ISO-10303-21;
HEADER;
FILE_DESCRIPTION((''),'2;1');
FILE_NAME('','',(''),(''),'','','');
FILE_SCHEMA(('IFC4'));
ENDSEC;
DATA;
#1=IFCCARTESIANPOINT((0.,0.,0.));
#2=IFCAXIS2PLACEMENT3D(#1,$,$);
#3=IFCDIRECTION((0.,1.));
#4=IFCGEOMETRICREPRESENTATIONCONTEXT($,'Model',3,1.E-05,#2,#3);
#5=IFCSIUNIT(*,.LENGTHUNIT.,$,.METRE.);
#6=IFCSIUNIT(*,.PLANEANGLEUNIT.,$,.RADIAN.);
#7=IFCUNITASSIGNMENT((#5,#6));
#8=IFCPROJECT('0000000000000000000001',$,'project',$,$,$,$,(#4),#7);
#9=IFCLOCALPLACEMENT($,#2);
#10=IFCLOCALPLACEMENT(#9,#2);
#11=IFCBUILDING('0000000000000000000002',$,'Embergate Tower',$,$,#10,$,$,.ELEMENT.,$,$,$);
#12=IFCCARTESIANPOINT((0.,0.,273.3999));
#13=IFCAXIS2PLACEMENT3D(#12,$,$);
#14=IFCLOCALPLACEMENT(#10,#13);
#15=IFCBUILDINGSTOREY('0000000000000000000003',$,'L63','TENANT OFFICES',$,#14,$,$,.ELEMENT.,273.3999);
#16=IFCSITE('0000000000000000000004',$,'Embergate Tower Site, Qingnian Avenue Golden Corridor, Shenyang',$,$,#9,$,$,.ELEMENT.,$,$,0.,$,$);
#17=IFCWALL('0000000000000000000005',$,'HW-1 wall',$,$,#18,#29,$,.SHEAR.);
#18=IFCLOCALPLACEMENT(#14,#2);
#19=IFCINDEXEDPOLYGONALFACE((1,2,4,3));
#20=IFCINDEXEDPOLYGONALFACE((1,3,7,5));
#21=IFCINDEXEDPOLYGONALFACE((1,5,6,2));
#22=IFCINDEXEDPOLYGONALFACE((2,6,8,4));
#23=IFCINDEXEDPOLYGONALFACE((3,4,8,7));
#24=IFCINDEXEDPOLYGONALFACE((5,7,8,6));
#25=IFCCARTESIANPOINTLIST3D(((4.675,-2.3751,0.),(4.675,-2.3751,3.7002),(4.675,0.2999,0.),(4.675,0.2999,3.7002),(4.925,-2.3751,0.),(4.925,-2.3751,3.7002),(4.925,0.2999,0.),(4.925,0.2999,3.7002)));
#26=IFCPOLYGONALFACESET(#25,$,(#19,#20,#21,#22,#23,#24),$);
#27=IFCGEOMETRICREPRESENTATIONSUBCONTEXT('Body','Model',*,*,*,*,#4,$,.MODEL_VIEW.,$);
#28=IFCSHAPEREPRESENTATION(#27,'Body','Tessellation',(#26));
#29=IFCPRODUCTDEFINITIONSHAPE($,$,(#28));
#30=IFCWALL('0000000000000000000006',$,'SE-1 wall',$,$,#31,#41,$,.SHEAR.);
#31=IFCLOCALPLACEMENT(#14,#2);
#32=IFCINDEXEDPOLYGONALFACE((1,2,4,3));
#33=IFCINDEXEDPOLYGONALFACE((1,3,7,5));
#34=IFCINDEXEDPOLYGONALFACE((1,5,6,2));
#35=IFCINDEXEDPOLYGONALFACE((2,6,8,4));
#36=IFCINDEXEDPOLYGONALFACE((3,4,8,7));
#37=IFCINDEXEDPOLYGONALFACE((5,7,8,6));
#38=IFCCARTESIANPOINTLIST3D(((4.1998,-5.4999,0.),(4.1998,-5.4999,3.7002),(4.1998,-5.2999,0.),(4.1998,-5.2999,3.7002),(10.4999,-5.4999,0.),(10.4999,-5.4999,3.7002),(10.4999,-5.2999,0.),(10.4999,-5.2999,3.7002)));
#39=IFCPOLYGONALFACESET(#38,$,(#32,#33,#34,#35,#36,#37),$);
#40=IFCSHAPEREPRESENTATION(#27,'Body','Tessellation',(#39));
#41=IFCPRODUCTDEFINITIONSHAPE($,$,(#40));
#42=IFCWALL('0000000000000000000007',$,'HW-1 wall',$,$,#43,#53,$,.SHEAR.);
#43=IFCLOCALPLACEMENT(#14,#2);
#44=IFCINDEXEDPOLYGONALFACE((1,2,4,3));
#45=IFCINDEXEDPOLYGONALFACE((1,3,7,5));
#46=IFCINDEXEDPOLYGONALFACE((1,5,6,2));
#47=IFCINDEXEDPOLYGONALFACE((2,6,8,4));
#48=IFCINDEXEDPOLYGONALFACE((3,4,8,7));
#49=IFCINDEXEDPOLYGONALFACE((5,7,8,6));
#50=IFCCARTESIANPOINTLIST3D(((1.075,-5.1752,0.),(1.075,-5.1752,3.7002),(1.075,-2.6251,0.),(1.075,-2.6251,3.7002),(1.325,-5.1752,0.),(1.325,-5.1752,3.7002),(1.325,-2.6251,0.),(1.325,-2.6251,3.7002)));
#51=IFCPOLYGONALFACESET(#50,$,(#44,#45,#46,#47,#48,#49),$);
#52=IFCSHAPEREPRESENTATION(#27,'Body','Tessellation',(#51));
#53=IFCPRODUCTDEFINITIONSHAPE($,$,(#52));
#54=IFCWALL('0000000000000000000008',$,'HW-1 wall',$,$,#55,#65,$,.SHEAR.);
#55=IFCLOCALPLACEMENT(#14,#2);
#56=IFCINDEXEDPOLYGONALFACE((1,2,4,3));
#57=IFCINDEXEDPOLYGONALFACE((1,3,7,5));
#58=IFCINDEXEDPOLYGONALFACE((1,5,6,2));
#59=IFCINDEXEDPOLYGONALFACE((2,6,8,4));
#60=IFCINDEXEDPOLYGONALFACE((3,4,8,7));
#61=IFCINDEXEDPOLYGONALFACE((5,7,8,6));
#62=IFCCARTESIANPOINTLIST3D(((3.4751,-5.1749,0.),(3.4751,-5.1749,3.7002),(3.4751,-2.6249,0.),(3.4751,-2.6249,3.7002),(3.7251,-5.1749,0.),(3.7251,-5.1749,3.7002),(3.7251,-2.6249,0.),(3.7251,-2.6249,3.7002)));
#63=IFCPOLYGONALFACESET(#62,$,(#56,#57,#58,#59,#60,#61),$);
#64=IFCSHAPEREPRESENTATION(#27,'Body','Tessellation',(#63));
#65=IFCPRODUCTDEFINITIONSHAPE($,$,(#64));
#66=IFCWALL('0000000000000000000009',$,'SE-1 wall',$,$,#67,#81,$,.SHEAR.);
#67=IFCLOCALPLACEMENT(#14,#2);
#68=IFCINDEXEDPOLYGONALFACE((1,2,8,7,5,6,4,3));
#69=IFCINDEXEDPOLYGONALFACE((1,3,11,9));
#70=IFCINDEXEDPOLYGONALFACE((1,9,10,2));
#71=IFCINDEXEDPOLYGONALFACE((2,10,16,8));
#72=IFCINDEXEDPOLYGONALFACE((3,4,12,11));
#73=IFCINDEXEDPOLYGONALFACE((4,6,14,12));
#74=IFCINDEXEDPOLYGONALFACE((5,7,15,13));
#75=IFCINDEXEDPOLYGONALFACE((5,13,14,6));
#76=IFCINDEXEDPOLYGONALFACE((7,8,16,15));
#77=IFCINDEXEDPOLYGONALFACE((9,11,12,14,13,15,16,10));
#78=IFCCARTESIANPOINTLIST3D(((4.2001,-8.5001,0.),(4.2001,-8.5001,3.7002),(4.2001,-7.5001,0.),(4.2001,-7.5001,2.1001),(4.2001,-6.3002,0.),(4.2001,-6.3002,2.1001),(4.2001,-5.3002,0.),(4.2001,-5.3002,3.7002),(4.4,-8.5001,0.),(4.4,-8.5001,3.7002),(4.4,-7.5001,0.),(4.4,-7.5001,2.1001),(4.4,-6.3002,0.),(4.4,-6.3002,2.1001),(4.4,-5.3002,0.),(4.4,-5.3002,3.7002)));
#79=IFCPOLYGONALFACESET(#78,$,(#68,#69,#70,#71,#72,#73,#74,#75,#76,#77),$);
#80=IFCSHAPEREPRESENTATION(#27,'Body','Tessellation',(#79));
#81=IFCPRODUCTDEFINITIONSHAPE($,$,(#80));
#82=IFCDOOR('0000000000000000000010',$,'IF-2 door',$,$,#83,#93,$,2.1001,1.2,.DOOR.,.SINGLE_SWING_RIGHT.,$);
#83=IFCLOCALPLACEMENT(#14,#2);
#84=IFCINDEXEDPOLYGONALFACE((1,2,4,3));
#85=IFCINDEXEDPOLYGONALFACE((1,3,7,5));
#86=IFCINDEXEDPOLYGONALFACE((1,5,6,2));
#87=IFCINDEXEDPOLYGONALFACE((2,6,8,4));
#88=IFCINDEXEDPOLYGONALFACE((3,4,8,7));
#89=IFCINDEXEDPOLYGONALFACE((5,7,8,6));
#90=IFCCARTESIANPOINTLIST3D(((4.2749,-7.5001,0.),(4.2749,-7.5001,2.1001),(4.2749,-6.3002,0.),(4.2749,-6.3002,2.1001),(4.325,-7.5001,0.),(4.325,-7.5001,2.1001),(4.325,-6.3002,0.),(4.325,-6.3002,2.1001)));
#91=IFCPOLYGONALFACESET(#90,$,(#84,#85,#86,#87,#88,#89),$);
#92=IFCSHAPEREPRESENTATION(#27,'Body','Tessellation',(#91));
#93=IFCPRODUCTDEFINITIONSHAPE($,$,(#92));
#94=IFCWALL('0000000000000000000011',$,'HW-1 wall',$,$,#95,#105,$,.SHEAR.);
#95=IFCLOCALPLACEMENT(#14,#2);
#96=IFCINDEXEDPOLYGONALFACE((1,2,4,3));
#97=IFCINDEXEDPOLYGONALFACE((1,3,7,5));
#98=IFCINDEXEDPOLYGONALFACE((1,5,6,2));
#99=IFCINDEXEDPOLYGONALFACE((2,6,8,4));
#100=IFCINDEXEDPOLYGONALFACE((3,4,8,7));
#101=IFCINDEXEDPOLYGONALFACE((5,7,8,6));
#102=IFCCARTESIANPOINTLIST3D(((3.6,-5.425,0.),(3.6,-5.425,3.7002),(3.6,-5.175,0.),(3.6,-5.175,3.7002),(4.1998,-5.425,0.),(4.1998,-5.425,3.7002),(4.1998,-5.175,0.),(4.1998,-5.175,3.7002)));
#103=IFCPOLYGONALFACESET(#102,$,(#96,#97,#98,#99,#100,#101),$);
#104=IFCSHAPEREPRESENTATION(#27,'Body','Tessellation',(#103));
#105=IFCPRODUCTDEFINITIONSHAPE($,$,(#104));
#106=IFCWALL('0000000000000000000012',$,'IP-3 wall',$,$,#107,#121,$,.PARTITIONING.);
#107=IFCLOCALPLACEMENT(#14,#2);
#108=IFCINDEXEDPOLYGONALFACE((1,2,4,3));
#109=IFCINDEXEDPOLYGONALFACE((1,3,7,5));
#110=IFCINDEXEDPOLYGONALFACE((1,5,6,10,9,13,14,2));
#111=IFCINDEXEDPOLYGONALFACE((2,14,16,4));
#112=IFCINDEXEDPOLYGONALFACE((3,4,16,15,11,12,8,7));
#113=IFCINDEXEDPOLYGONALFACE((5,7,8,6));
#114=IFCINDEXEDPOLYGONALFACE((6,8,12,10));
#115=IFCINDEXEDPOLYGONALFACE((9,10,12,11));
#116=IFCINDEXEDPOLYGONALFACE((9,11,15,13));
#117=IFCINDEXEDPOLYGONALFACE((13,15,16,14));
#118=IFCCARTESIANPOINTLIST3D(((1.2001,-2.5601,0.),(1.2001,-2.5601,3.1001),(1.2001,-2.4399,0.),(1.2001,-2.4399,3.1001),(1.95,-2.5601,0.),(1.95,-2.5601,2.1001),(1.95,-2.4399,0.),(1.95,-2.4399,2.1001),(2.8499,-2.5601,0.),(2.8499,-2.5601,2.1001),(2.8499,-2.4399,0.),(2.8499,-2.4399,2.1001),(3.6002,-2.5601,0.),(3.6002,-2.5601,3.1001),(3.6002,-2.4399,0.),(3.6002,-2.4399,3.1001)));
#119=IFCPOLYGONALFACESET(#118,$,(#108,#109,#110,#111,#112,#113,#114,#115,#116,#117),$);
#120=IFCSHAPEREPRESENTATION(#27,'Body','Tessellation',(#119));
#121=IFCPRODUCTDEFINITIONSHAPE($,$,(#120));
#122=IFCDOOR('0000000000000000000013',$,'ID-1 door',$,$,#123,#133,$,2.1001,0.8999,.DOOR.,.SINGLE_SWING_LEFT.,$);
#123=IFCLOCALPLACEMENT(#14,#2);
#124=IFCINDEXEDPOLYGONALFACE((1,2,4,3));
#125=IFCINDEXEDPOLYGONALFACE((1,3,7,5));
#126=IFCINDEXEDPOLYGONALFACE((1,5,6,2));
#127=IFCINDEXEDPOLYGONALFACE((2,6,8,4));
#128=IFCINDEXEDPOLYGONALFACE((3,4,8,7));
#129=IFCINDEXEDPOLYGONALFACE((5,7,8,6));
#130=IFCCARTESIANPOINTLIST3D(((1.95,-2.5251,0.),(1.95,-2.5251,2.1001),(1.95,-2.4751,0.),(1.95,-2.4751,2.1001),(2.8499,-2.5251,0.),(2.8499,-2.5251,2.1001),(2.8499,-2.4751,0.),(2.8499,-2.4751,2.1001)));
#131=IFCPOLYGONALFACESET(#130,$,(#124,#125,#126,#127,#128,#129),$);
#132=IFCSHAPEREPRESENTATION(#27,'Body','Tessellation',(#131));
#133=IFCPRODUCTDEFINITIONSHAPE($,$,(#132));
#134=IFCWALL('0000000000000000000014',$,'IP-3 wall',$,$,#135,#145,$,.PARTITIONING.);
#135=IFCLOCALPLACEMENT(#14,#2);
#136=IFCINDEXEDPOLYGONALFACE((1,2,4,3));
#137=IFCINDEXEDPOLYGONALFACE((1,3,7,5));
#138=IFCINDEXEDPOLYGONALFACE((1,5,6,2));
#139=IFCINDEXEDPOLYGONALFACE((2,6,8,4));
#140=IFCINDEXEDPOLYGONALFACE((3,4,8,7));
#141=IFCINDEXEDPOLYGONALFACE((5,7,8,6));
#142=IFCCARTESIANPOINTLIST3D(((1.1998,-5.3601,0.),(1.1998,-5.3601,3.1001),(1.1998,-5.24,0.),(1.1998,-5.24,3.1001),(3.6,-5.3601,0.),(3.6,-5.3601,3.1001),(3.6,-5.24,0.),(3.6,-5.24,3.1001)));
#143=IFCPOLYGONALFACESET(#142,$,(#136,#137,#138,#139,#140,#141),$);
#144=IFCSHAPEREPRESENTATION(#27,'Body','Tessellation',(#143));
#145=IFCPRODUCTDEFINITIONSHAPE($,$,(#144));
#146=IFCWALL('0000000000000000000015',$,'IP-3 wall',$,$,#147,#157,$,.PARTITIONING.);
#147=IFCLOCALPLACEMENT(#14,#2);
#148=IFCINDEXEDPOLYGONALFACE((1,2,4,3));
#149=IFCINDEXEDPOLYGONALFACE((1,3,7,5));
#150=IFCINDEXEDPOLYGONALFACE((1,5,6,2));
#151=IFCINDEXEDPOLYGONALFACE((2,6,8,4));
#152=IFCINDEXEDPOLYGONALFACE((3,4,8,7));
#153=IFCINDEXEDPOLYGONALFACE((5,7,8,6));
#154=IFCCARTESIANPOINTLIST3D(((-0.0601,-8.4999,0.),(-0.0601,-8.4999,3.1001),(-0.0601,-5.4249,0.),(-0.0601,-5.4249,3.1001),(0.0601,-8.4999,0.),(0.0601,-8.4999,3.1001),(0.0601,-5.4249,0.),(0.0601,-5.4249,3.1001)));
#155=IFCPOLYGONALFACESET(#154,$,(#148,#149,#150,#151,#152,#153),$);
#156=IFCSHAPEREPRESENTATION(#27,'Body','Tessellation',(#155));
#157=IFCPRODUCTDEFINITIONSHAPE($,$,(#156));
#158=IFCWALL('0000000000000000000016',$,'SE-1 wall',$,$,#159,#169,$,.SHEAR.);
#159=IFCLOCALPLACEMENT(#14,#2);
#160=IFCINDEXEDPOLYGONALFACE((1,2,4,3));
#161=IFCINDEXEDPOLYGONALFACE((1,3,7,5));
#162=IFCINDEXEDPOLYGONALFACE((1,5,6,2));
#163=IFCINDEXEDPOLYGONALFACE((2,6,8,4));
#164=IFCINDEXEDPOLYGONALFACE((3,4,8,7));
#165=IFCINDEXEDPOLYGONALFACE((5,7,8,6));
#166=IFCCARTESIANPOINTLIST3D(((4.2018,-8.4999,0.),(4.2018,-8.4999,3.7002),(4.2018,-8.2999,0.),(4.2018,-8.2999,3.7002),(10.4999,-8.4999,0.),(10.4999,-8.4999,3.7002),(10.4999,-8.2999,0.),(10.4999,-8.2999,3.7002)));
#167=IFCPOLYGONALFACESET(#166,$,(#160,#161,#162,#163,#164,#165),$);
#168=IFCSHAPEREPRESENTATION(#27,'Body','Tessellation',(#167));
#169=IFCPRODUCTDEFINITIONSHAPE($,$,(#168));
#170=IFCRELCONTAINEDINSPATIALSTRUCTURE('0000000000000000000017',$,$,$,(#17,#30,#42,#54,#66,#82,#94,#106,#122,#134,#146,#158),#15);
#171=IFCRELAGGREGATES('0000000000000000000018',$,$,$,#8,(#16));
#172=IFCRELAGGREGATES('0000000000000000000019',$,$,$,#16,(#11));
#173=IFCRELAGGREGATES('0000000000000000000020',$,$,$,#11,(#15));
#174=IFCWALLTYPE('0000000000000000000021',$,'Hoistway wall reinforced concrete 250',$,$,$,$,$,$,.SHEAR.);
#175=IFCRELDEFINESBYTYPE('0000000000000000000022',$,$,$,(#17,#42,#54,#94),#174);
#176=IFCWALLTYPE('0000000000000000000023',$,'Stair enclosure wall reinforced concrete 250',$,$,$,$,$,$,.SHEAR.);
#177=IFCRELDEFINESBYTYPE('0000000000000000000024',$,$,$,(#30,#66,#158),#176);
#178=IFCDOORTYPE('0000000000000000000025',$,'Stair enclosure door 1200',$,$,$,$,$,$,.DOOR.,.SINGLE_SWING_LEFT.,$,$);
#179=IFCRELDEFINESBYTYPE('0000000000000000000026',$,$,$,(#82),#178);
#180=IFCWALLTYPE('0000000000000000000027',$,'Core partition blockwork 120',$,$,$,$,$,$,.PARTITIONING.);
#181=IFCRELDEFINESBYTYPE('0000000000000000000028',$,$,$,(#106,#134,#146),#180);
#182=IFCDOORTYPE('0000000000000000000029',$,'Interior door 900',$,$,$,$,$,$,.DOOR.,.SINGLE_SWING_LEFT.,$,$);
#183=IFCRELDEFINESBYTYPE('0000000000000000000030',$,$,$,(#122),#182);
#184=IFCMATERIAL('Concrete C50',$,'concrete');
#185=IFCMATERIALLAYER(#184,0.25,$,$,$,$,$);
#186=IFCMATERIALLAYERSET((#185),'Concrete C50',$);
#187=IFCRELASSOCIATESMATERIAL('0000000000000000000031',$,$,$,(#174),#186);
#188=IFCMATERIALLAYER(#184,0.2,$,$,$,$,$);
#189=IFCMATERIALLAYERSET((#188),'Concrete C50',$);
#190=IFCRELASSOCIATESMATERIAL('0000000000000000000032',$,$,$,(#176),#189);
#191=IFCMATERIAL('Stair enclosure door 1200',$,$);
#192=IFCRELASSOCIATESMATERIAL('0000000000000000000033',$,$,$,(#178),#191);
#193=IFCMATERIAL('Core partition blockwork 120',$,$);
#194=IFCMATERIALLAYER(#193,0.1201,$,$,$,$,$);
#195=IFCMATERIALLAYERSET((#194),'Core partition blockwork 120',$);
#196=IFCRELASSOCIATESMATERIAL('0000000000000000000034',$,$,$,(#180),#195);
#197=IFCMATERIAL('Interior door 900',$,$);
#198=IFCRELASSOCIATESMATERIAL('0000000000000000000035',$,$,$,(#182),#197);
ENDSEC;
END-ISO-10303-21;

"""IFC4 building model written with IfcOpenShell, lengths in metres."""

from ifc_helpers import new_model, si_unit, direction, frame, frame_2d, origin, place, context, subcontext, project, spatial, rectangle, extrude, source, transform, mapped, material, layer, layer_set, type_object, element, fill, save


model = new_model("IFC4")

# Units and contexts
model_context = context("Model", 3, precision=1e-05, world=origin(), true_north=direction((0.0, 1.0)))
body_context = subcontext(model_context, "Body", "Model", "MODEL_VIEW")
ifc_project = project(units=[si_unit("LENGTHUNIT", "METRE"), si_unit("PLANEANGLEUNIT", "RADIAN")], contexts=[model_context])

# Site, building, storey
site_placement = place(None, origin())
site = spatial("IfcSite", under=ifc_project, at=site_placement, Name="Embergate Tower Site, Qingnian Avenue Golden Corridor, Shenyang", CompositionType="ELEMENT", RefElevation=0.0)
building_placement = place(site_placement, origin())
building = spatial("IfcBuilding", under=site, at=building_placement, Name="Embergate Tower", CompositionType="ELEMENT")
storey_placement = place(building_placement, frame((0.0, 0.0, 273.3999)))
storey = spatial("IfcBuildingStorey", under=building, at=storey_placement, Name="L63", Description="TENANT OFFICES", CompositionType="ELEMENT", Elevation=273.3999)

# Walls
ifc_material_1 = material(Name="Concrete C50", Category="concrete")
ifc_layer_1 = layer(ifc_material_1, 0.25)
ifc_layer_set_1 = layer_set([ifc_layer_1], Name="Concrete C50")
wall_type_1 = type_object("IfcWallType", Name="Hoistway wall reinforced concrete 250", PredefinedType="SHEAR", material=ifc_layer_set_1)
shared_shape_1 = source(origin(), body_context, "Body", "SweptSolid", [
    extrude(rectangle(XDim=2.675, YDim=0.25, at=frame_2d((1.3374, 0.0))), origin(), (0.0, 0.0, 1.0), 3.7002),
])
wall_1_placement = place(storey_placement, frame((4.8, -2.375, 0.0), z_axis=(0.0, 0.0, 1.0), x_axis=(0.0, 1.0, 0.0)))
element("IfcWall", 1, at=wall_1_placement, inside=storey, type_object=wall_type_1, Name="HW-1 wall", PredefinedType="SHEAR", context=body_context, shape_type="MappedRepresentation", body=[
    mapped(shared_shape_1, transform((0.0, 0.0, 0.0))),
])
ifc_layer_2 = layer(ifc_material_1, 0.2)
ifc_layer_set_2 = layer_set([ifc_layer_2], Name="Concrete C50")
wall_type_2 = type_object("IfcWallType", Name="Stair enclosure wall reinforced concrete 250", PredefinedType="SHEAR", material=ifc_layer_set_2)
shared_shape_2 = source(origin(), body_context, "Body", "SweptSolid", [
    extrude(rectangle(XDim=6.3, YDim=0.2, at=frame_2d((3.1499, 0.0))), origin(), (0.0, 0.0, 1.0), 3.7002),
])
wall_2_placement = place(storey_placement, frame((4.2, -5.3999, 0.0), z_axis=(0.0, 0.0, 1.0), x_axis=(1.0, 0.0, 0.0)))
element("IfcWall", 2, at=wall_2_placement, inside=storey, type_object=wall_type_2, Name="SE-1 wall", PredefinedType="SHEAR", context=body_context, shape_type="MappedRepresentation", body=[
    mapped(shared_shape_2, transform((0.0, 0.0, 0.0))),
])
shared_shape_3 = source(origin(), body_context, "Body", "SweptSolid", [
    extrude(rectangle(XDim=2.55, YDim=0.25, at=frame_2d((1.2749, 0.0))), origin(), (0.0, 0.0, 1.0), 3.7002),
])
for number, where, z_axis, x_axis, name in (
    (3, (1.2, -5.175, 0.0), (0.0, 0.0, 1.0), (0.0, 1.0, 0.0), "HW-1 wall"),
    (4, (3.6001, -2.625, 0.0), (0.0, 0.0, 1.0), (0.0, -1.0, 0.0), "HW-1 wall"),
):
    element("IfcWall", number, at=place(storey_placement, frame(where, z_axis=z_axis, x_axis=x_axis)), inside=storey, type_object=wall_type_1, Name=name, PredefinedType="SHEAR", context=body_context, shape_type="MappedRepresentation", body=[
        mapped(shared_shape_3, transform((0.0, 0.0, 0.0))),
    ])

# Wall, opening, door
shared_shape_4 = source(origin(), body_context, "Body", "SweptSolid", [
    extrude(rectangle(XDim=3.2, YDim=0.2, at=frame_2d((1.6001, 0.0))), origin(), (0.0, 0.0, 1.0), 3.7002),
])
wall_3_placement = place(storey_placement, frame((4.3, -5.3, 0.0), z_axis=(0.0, 0.0, 1.0), x_axis=(0.0, -1.0, 0.0)))
wall_3 = element("IfcWall", 5, at=wall_3_placement, inside=storey, type_object=wall_type_2, Name="SE-1 wall", PredefinedType="SHEAR", context=body_context, shape_type="MappedRepresentation", body=[
    mapped(shared_shape_4, transform((0.0, 0.0, 0.0))),
])
shared_shape_5 = source(origin(), body_context, "Body", "SweptSolid", [
    extrude(rectangle(XDim=1.2, YDim=2.1001, at=frame_2d((0.6001, 1.05))), frame((0.0, 0.1099, 0.0), z_axis=(0.0, -1.0, 0.0), x_axis=(1.0, 0.0, 0.0)), (0.0, 0.0, 1.0), 0.22),
])
opening_1_placement = place(wall_3_placement, frame((1.0, 0.0, 0.0)))
opening_1 = element("IfcOpeningElement", 6, at=opening_1_placement, cuts=wall_3, PredefinedType="OPENING", context=body_context, shape_type="MappedRepresentation", body=[
    mapped(shared_shape_5, transform((0.0, 0.0, 0.0))),
])
ifc_material_2 = material(Name="Stair enclosure door 1200")
door_type_1 = type_object("IfcDoorType", Name="Stair enclosure door 1200", OperationType="SINGLE_SWING_LEFT", PredefinedType="DOOR", material=ifc_material_2)
shared_shape_6 = source(origin(), body_context, "Body", "SweptSolid", [
    extrude(rectangle(XDim=1.2, YDim=2.1001, at=frame_2d((0.6001, 1.05))), frame((0.0, 0.0249, 0.0), z_axis=(0.0, -1.0, 0.0), x_axis=(1.0, 0.0, 0.0)), (0.0, 0.0, 1.0), 0.05),
])
door_1_placement = place(opening_1_placement, origin())
door_1 = element("IfcDoor", 7, at=door_1_placement, inside=storey, type_object=door_type_1, Name="IF-2 door", OperationType="SINGLE_SWING_RIGHT", OverallHeight=2.1001, OverallWidth=1.2, PredefinedType="DOOR", context=body_context, shape_type="MappedRepresentation", body=[
    mapped(shared_shape_6, transform((0.0, 0.0, 0.0))),
])
fill(opening_1, door_1)

# Wall
shared_shape_7 = source(origin(), body_context, "Body", "SweptSolid", [
    extrude(rectangle(XDim=0.5999, YDim=0.25, at=frame_2d((0.2998, 0.0))), origin(), (0.0, 0.0, 1.0), 3.7002),
])
wall_4_placement = place(storey_placement, frame((3.6001, -5.3, 0.0), z_axis=(0.0, 0.0, 1.0), x_axis=(1.0, 0.0, 0.0)))
element("IfcWall", 8, at=wall_4_placement, inside=storey, type_object=wall_type_1, Name="HW-1 wall", PredefinedType="SHEAR", context=body_context, shape_type="MappedRepresentation", body=[
    mapped(shared_shape_7, transform((0.0, 0.0, 0.0))),
])

# Wall, opening, door
ifc_material_3 = material(Name="Core partition blockwork 120")
ifc_layer_3 = layer(ifc_material_3, 0.1201)
ifc_layer_set_3 = layer_set([ifc_layer_3], Name="Core partition blockwork 120")
wall_type_3 = type_object("IfcWallType", Name="Core partition blockwork 120", PredefinedType="PARTITIONING", material=ifc_layer_set_3)
shared_shape_8 = source(origin(), body_context, "Body", "SweptSolid", [
    extrude(rectangle(XDim=2.4001, YDim=0.1201, at=frame_2d((1.2002, 0.0))), origin(), (0.0, 0.0, 1.0), 3.1001),
])
wall_5_placement = place(storey_placement, frame((1.2, -2.5, 0.0), z_axis=(0.0, 0.0, 1.0), x_axis=(1.0, 0.0, 0.0)))
wall_5 = element("IfcWall", 9, at=wall_5_placement, inside=storey, type_object=wall_type_3, Name="IP-3 wall", PredefinedType="PARTITIONING", context=body_context, shape_type="MappedRepresentation", body=[
    mapped(shared_shape_8, transform((0.0, 0.0, 0.0))),
])
shared_shape_9 = source(origin(), body_context, "Body", "SweptSolid", [
    extrude(rectangle(XDim=0.8999, YDim=2.1001, at=frame_2d((0.45, 1.05))), frame((0.0, 0.0701, 0.0), z_axis=(0.0, -1.0, 0.0), x_axis=(1.0, 0.0, 0.0)), (0.0, 0.0, 1.0), 0.1401),
])
opening_2_placement = place(wall_5_placement, frame((0.75, 0.0, 0.0)))
opening_2 = element("IfcOpeningElement", 10, at=opening_2_placement, cuts=wall_5, PredefinedType="OPENING", context=body_context, shape_type="MappedRepresentation", body=[
    mapped(shared_shape_9, transform((0.0, 0.0, 0.0))),
])
ifc_material_4 = material(Name="Interior door 900")
door_type_2 = type_object("IfcDoorType", Name="Interior door 900", OperationType="SINGLE_SWING_LEFT", PredefinedType="DOOR", material=ifc_material_4)
shared_shape_10 = source(origin(), body_context, "Body", "SweptSolid", [
    extrude(rectangle(XDim=0.8999, YDim=2.1001, at=frame_2d((0.45, 1.05))), frame((0.0, 0.0249, 0.0), z_axis=(0.0, -1.0, 0.0), x_axis=(1.0, 0.0, 0.0)), (0.0, 0.0, 1.0), 0.05),
])
door_2_placement = place(opening_2_placement, origin())
door_2 = element("IfcDoor", 11, at=door_2_placement, inside=storey, type_object=door_type_2, Name="ID-1 door", OperationType="SINGLE_SWING_LEFT", OverallHeight=2.1001, OverallWidth=0.8999, PredefinedType="DOOR", context=body_context, shape_type="MappedRepresentation", body=[
    mapped(shared_shape_10, transform((0.0, 0.0, 0.0))),
])
fill(opening_2, door_2)

# Walls
wall_6_placement = place(storey_placement, frame((3.6001, -5.3, 0.0), z_axis=(0.0, 0.0, 1.0), x_axis=(-1.0, 0.0, 0.0)))
element("IfcWall", 12, at=wall_6_placement, inside=storey, type_object=wall_type_3, Name="IP-3 wall", PredefinedType="PARTITIONING", context=body_context, shape_type="MappedRepresentation", body=[
    mapped(shared_shape_8, transform((0.0, 0.0, 0.0))),
])
shared_shape_11 = source(origin(), body_context, "Body", "SweptSolid", [
    extrude(rectangle(XDim=3.075, YDim=0.1201, at=frame_2d((1.5376, 0.0))), origin(), (0.0, 0.0, 1.0), 3.1001),
])
wall_7_placement = place(storey_placement, frame((0.0, -8.5, 0.0), z_axis=(0.0, 0.0, 1.0), x_axis=(0.0, 1.0, 0.0)))
element("IfcWall", 13, at=wall_7_placement, inside=storey, type_object=wall_type_3, Name="IP-3 wall", PredefinedType="PARTITIONING", context=body_context, shape_type="MappedRepresentation", body=[
    mapped(shared_shape_11, transform((0.0, 0.0, 0.0))),
])
shared_shape_12 = source(origin(), body_context, "Body", "SweptSolid", [
    extrude(rectangle(XDim=6.2981, YDim=0.2, at=frame_2d((3.1489, 0.0))), origin(), (0.0, 0.0, 1.0), 3.7002),
])
wall_8_placement = place(storey_placement, frame((4.2019, -8.3999, 0.0), z_axis=(0.0, 0.0, 1.0), x_axis=(1.0, 0.0, 0.0)))
element("IfcWall", 14, at=wall_8_placement, inside=storey, type_object=wall_type_2, Name="SE-1 wall", PredefinedType="SHEAR", context=body_context, shape_type="MappedRepresentation", body=[
    mapped(shared_shape_12, transform((0.0, 0.0, 0.0))),
])

save(model, "model.ifc")
